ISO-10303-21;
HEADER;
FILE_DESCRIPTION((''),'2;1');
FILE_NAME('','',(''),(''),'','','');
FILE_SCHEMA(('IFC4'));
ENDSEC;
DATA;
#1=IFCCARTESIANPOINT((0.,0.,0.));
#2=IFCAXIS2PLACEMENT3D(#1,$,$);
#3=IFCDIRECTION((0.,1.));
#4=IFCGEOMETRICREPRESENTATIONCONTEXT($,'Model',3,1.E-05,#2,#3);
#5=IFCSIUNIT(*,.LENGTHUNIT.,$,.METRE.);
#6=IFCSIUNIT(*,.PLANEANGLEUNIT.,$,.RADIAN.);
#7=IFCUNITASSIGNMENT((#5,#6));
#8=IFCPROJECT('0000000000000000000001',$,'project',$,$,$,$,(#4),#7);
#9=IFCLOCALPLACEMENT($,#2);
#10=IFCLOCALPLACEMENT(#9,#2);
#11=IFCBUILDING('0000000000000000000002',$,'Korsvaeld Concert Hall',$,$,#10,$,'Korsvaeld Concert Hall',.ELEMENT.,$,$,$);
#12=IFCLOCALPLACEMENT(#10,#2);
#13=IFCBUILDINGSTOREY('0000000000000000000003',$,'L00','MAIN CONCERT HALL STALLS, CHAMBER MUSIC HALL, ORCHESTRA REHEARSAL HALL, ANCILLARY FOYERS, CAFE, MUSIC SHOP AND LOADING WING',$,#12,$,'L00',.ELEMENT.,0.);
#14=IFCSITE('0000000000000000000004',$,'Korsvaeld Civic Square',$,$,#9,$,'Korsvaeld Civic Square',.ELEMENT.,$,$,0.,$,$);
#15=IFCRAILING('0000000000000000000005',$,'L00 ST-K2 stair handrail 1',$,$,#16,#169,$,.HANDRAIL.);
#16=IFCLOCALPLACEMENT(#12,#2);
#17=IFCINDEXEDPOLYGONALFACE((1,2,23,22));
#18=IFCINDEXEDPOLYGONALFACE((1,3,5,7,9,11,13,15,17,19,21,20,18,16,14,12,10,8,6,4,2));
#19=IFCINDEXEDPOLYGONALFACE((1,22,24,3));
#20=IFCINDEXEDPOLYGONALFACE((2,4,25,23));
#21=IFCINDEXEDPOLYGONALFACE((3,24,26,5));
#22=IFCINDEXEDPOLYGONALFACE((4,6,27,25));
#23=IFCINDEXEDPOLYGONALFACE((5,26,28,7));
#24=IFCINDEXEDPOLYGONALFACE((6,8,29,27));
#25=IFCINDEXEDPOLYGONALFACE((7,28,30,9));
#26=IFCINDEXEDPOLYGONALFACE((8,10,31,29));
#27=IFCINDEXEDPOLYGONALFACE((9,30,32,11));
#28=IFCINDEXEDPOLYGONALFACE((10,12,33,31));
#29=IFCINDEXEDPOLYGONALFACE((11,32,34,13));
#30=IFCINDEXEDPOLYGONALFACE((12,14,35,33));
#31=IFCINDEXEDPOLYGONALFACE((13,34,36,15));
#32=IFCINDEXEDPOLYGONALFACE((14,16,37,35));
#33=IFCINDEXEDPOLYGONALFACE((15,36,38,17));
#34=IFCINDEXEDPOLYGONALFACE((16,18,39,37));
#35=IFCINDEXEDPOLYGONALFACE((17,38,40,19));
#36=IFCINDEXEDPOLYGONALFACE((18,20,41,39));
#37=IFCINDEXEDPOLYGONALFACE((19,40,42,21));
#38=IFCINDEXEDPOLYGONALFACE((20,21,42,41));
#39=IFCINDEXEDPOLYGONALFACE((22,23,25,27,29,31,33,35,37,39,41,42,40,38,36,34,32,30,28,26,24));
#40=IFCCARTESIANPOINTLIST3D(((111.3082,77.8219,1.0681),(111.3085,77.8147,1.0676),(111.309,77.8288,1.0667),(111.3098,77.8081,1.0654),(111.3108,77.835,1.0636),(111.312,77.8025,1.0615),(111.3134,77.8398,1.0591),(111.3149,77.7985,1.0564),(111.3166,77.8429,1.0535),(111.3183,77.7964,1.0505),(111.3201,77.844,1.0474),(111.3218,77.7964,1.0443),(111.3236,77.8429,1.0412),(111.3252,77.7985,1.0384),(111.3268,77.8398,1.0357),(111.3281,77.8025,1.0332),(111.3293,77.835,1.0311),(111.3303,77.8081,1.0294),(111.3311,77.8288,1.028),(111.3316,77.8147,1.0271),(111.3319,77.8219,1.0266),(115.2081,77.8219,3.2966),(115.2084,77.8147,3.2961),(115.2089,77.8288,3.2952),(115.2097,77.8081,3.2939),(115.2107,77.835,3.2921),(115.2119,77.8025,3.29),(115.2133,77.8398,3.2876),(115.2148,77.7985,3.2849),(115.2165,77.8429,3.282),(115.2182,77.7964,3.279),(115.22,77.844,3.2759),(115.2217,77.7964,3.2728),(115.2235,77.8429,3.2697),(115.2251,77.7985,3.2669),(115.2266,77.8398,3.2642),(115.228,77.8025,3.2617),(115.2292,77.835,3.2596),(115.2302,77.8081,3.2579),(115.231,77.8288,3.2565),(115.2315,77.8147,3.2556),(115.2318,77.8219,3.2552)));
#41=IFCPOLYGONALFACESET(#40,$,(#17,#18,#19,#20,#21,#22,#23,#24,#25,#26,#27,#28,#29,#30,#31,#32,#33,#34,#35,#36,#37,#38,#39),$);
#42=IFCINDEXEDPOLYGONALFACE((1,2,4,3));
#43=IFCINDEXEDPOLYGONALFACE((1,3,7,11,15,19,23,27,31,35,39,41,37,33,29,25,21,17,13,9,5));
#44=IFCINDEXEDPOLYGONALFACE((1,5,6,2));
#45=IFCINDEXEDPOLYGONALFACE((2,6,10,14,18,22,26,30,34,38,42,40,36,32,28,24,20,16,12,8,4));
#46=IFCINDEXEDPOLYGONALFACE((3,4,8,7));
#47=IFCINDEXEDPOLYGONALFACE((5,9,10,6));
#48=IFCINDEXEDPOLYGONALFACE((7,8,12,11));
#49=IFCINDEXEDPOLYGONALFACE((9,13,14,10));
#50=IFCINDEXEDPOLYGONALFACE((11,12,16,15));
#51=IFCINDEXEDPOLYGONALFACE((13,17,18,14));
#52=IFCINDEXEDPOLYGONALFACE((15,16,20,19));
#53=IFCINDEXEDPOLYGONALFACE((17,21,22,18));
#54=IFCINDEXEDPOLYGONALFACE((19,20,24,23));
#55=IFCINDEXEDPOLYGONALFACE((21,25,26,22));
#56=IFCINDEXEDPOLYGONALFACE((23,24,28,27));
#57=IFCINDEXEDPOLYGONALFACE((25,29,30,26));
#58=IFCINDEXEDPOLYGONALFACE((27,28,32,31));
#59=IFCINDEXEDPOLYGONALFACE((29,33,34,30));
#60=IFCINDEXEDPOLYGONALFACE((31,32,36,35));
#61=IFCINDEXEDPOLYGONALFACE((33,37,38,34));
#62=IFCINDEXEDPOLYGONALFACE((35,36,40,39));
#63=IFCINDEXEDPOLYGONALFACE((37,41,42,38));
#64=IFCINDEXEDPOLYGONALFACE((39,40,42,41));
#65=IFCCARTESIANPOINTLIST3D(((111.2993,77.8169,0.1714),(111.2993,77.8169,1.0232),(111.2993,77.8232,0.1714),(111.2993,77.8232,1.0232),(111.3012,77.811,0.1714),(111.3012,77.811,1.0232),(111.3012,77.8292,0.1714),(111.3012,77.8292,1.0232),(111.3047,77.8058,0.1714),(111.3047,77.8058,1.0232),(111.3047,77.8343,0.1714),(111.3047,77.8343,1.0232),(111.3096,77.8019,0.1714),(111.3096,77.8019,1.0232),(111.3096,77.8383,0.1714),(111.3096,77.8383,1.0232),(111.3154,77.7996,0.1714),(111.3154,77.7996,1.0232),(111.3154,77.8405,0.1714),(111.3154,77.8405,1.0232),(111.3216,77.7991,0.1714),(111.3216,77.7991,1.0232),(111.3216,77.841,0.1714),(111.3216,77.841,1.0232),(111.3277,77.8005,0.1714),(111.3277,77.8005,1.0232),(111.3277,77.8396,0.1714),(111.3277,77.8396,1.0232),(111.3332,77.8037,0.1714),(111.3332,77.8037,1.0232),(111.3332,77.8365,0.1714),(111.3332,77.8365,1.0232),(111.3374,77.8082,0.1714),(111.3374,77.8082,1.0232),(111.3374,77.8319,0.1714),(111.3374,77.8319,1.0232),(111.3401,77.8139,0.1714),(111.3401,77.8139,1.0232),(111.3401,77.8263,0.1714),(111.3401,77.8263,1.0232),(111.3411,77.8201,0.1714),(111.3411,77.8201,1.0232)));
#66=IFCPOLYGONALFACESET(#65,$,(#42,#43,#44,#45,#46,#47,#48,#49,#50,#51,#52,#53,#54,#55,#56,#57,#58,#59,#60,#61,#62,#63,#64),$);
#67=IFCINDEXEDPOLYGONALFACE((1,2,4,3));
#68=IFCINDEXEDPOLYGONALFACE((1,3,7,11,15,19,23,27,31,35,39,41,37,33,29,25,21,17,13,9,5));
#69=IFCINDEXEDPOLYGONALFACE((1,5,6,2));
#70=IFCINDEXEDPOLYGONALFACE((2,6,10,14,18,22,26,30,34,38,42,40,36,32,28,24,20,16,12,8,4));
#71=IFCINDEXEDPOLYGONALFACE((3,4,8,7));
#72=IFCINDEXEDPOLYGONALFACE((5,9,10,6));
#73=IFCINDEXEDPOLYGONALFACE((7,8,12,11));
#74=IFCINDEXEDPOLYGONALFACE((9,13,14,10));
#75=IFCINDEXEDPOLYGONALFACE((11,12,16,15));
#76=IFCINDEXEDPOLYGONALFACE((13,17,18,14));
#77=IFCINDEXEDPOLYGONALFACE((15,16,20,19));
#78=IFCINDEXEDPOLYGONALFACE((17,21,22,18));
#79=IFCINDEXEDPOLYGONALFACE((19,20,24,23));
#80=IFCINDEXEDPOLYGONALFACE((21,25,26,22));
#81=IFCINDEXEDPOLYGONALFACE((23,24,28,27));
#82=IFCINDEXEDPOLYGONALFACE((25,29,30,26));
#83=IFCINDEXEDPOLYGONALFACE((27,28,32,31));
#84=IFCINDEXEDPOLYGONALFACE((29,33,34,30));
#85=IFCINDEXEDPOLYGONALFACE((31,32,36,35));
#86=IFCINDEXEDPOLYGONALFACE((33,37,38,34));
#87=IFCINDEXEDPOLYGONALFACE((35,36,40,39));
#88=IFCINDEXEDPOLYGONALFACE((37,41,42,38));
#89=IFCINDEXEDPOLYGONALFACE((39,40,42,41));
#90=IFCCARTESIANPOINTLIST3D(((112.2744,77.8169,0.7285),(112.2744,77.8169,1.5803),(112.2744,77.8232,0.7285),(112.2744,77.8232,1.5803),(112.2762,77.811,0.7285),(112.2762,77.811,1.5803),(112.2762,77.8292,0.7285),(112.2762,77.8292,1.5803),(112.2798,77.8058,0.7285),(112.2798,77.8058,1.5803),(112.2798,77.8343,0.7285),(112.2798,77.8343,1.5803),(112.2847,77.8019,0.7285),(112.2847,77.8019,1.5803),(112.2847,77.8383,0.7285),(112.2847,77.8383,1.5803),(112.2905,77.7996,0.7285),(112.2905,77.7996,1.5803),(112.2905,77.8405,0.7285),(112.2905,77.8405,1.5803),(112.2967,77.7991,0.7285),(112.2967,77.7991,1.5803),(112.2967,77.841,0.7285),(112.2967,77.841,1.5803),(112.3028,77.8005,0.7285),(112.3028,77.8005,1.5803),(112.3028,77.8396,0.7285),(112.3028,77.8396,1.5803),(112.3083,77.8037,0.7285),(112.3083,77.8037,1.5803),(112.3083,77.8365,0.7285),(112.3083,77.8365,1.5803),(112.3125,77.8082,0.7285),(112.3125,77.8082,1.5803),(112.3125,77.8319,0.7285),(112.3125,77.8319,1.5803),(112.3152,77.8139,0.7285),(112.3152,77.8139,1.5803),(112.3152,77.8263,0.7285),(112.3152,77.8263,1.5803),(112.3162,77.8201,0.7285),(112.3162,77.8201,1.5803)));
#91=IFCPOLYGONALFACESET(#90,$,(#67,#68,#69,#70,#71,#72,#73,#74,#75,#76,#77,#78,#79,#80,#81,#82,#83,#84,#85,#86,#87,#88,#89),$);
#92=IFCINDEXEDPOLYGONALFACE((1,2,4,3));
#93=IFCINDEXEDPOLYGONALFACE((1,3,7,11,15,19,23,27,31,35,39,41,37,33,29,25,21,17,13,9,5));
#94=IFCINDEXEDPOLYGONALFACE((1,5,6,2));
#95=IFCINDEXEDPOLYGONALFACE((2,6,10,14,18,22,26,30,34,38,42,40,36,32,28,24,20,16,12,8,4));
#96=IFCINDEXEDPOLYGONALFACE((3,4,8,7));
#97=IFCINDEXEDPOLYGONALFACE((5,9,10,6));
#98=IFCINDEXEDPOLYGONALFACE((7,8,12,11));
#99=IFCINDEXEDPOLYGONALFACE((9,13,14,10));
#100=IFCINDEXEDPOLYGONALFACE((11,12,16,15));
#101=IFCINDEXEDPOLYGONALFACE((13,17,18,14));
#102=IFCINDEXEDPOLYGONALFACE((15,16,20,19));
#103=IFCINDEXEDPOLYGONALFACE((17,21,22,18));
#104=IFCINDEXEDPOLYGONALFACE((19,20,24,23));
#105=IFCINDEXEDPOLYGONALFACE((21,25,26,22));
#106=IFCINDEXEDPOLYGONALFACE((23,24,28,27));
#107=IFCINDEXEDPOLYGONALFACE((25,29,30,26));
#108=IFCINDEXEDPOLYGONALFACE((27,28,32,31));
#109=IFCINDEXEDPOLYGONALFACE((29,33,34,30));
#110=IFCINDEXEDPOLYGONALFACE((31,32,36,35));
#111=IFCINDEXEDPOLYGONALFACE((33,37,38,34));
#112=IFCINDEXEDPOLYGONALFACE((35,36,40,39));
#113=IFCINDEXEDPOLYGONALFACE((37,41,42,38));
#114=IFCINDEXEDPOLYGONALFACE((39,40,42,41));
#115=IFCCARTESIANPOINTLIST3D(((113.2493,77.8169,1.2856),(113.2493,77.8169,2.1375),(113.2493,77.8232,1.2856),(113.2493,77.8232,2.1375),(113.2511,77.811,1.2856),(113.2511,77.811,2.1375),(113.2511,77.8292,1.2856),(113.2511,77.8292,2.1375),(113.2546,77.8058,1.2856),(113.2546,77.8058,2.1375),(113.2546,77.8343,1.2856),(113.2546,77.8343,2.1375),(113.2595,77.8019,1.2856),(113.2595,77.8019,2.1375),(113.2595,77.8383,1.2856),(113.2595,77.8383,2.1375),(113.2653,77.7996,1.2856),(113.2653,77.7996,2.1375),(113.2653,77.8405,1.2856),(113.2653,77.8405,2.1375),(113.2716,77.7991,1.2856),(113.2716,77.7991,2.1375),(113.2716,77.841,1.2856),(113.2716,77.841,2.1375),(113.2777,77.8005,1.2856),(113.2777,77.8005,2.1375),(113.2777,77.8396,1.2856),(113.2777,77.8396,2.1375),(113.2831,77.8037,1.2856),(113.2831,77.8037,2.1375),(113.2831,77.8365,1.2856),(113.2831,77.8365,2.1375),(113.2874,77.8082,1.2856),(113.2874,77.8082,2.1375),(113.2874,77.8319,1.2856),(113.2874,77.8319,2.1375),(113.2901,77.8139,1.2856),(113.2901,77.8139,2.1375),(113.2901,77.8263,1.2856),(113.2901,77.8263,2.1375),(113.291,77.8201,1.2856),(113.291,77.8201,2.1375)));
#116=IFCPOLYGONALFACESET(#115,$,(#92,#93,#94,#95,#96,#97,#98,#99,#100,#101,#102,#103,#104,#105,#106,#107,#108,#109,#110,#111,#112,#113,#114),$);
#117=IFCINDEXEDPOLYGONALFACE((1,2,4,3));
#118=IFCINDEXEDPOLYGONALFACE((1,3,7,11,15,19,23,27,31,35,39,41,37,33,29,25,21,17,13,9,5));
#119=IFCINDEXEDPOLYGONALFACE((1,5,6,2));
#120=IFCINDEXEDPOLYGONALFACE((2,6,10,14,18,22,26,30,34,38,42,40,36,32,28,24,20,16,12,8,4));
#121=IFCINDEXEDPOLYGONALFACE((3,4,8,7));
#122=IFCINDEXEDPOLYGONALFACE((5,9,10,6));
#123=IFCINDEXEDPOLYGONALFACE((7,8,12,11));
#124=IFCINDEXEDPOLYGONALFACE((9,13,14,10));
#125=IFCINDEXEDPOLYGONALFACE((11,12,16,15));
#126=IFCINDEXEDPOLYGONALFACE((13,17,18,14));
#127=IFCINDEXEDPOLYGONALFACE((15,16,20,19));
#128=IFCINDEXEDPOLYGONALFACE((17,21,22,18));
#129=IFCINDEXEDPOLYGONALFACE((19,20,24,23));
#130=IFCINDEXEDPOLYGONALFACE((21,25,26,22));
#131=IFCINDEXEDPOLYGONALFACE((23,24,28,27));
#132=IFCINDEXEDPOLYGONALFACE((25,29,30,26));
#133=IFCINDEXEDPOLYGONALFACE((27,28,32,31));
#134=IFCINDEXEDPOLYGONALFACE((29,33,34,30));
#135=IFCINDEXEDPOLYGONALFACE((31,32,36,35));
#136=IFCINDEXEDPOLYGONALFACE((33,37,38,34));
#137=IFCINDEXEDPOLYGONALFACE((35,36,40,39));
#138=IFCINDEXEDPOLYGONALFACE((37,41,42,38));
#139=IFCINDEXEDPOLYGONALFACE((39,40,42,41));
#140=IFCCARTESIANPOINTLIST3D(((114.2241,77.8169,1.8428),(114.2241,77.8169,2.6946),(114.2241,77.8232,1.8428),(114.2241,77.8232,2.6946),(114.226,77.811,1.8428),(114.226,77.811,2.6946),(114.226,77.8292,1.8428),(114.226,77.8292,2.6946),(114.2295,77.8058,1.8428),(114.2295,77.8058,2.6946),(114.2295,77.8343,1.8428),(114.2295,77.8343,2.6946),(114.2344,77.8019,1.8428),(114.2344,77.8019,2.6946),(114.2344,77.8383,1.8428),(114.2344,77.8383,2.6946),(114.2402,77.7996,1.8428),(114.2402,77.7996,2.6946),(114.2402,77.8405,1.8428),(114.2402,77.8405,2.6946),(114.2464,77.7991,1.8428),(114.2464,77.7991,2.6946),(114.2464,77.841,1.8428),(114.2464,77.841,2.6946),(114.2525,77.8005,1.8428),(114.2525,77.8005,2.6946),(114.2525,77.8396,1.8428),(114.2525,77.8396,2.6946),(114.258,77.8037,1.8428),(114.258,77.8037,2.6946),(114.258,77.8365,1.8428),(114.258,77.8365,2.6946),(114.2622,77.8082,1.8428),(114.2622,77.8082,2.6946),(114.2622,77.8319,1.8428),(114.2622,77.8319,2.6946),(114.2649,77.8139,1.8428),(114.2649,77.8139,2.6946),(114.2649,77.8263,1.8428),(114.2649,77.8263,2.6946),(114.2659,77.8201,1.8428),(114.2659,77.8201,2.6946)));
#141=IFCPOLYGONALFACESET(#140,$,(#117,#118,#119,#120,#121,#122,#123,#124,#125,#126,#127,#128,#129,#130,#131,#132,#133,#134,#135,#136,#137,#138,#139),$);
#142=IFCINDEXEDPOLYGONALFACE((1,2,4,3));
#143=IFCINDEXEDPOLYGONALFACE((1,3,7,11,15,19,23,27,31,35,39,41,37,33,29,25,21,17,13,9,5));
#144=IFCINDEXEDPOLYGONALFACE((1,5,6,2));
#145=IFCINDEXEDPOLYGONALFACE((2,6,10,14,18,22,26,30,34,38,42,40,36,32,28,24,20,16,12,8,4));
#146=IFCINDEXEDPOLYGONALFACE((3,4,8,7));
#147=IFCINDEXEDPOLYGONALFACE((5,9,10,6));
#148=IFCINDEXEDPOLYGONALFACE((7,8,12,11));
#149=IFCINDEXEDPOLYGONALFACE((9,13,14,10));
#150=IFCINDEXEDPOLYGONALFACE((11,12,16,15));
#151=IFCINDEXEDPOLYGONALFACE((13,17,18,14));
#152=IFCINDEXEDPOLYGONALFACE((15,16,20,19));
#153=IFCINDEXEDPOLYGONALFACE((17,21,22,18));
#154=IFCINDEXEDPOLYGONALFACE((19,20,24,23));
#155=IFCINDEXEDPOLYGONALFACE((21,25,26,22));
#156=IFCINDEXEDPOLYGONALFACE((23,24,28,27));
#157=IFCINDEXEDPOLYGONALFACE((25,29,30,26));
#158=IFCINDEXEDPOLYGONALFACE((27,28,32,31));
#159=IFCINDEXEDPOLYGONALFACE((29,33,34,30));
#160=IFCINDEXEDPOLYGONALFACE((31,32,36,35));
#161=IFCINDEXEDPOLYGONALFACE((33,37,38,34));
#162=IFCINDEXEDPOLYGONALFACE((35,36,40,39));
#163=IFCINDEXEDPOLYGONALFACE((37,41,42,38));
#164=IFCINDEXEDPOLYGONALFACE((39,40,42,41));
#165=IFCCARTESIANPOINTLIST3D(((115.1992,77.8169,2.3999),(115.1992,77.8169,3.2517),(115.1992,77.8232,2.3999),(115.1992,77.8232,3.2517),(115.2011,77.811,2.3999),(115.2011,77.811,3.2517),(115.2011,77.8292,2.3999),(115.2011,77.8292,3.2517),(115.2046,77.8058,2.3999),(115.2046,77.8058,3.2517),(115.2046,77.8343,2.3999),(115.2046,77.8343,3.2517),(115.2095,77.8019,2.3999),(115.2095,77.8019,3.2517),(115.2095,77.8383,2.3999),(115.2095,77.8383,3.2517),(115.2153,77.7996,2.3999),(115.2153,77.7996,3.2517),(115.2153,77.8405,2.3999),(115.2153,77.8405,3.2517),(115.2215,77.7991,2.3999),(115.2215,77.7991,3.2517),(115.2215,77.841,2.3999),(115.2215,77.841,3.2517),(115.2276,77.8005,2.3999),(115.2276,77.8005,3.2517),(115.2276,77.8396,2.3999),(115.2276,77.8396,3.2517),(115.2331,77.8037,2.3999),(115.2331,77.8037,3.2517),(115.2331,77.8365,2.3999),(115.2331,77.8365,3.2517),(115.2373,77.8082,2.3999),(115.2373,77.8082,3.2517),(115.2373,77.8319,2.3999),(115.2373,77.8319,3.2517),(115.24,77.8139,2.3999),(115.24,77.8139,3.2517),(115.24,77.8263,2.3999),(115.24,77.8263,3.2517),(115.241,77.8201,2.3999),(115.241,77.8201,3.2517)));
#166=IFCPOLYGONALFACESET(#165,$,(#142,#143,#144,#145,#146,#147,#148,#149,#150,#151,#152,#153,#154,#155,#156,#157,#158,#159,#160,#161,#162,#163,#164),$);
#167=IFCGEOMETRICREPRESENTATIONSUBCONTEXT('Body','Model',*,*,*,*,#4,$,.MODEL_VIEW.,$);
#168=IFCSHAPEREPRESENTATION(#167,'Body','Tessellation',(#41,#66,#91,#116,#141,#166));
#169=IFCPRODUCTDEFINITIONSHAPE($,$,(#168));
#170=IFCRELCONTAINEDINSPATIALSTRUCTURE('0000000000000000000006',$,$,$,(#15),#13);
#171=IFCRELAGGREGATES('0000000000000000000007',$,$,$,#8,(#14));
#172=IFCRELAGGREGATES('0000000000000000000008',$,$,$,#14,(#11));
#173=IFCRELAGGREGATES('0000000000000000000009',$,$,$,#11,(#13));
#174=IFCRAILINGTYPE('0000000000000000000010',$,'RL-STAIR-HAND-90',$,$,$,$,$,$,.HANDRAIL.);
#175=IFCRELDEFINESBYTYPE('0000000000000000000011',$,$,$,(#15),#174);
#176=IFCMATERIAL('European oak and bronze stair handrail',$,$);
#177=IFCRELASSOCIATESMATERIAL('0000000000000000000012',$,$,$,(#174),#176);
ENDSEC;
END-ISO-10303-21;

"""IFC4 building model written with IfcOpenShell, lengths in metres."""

from ifc_helpers import new_model, si_unit, direction, frame, origin, origin_2d, place, context, subcontext, project, spatial, circle, extrude, material, type_object, element, save


model = new_model("IFC4")

# Units and contexts
model_context = context("Model", 3, precision=1e-05, world=origin(), true_north=direction((0.0, 1.0)))
body_context = subcontext(model_context, "Body", "Model", "MODEL_VIEW")
ifc_project = project(units=[si_unit("LENGTHUNIT", "METRE"), si_unit("PLANEANGLEUNIT", "RADIAN")], contexts=[model_context])

# Site, building, storey
site_placement = place(None, origin())
site = spatial("IfcSite", under=ifc_project, at=site_placement, Name="Korsvaeld Civic Square", LongName="Korsvaeld Civic Square", CompositionType="ELEMENT", RefElevation=0.0)
building_placement = place(site_placement, origin())
building = spatial("IfcBuilding", under=site, at=building_placement, Name="Korsvaeld Concert Hall", LongName="Korsvaeld Concert Hall", CompositionType="ELEMENT")
storey_placement = place(building_placement, origin())
storey = spatial("IfcBuildingStorey", under=building, at=storey_placement, Name="L00", Description="MAIN CONCERT HALL STALLS, CHAMBER MUSIC HALL, ORCHESTRA REHEARSAL HALL, ANCILLARY FOYERS, CAFE, MUSIC SHOP AND LOADING WING", LongName="L00", CompositionType="ELEMENT", Elevation=0.0)

# Railing
ifc_material_1 = material(Name="European oak and bronze stair handrail")
railing_type_1 = type_object("IfcRailingType", Name="RL-STAIR-HAND-90", PredefinedType="HANDRAIL", material=ifc_material_1)
railing_1_placement = place(storey_placement, frame((111.3201, 77.8201, 0.1714)))
element("IfcRailing", 1, at=railing_1_placement, inside=storey, type_object=railing_type_1, Name="L00 ST-K2 stair handrail 1", PredefinedType="HANDRAIL", context=body_context, shape_type="SweptSolid", body=[
    extrude(circle(Radius=0.0239, at=origin_2d()), frame((0.0, 0.0, 0.876), z_axis=(0.868243, 0.0, 0.496139), x_axis=(0.0, 1.0, 0.0)), (0.0, 0.0, 1.0), 4.4917),
    extrude(circle(Radius=0.021, at=origin_2d()), origin(), (0.0, 0.0, 1.0), 0.8518),
    extrude(circle(Radius=0.021, at=origin_2d()), frame((0.9751, 0.0, 0.5571)), (0.0, 0.0, 1.0), 0.8518),
    extrude(circle(Radius=0.021, at=origin_2d()), frame((1.95, 0.0, 1.1143)), (0.0, 0.0, 1.0), 0.8518),
    extrude(circle(Radius=0.021, at=origin_2d()), frame((2.9248, 0.0, 1.6714)), (0.0, 0.0, 1.0), 0.8518),
    extrude(circle(Radius=0.021, at=origin_2d()), frame((3.8999, 0.0, 2.2285)), (0.0, 0.0, 1.0), 0.8518),
])

save(model, "model.ifc")
